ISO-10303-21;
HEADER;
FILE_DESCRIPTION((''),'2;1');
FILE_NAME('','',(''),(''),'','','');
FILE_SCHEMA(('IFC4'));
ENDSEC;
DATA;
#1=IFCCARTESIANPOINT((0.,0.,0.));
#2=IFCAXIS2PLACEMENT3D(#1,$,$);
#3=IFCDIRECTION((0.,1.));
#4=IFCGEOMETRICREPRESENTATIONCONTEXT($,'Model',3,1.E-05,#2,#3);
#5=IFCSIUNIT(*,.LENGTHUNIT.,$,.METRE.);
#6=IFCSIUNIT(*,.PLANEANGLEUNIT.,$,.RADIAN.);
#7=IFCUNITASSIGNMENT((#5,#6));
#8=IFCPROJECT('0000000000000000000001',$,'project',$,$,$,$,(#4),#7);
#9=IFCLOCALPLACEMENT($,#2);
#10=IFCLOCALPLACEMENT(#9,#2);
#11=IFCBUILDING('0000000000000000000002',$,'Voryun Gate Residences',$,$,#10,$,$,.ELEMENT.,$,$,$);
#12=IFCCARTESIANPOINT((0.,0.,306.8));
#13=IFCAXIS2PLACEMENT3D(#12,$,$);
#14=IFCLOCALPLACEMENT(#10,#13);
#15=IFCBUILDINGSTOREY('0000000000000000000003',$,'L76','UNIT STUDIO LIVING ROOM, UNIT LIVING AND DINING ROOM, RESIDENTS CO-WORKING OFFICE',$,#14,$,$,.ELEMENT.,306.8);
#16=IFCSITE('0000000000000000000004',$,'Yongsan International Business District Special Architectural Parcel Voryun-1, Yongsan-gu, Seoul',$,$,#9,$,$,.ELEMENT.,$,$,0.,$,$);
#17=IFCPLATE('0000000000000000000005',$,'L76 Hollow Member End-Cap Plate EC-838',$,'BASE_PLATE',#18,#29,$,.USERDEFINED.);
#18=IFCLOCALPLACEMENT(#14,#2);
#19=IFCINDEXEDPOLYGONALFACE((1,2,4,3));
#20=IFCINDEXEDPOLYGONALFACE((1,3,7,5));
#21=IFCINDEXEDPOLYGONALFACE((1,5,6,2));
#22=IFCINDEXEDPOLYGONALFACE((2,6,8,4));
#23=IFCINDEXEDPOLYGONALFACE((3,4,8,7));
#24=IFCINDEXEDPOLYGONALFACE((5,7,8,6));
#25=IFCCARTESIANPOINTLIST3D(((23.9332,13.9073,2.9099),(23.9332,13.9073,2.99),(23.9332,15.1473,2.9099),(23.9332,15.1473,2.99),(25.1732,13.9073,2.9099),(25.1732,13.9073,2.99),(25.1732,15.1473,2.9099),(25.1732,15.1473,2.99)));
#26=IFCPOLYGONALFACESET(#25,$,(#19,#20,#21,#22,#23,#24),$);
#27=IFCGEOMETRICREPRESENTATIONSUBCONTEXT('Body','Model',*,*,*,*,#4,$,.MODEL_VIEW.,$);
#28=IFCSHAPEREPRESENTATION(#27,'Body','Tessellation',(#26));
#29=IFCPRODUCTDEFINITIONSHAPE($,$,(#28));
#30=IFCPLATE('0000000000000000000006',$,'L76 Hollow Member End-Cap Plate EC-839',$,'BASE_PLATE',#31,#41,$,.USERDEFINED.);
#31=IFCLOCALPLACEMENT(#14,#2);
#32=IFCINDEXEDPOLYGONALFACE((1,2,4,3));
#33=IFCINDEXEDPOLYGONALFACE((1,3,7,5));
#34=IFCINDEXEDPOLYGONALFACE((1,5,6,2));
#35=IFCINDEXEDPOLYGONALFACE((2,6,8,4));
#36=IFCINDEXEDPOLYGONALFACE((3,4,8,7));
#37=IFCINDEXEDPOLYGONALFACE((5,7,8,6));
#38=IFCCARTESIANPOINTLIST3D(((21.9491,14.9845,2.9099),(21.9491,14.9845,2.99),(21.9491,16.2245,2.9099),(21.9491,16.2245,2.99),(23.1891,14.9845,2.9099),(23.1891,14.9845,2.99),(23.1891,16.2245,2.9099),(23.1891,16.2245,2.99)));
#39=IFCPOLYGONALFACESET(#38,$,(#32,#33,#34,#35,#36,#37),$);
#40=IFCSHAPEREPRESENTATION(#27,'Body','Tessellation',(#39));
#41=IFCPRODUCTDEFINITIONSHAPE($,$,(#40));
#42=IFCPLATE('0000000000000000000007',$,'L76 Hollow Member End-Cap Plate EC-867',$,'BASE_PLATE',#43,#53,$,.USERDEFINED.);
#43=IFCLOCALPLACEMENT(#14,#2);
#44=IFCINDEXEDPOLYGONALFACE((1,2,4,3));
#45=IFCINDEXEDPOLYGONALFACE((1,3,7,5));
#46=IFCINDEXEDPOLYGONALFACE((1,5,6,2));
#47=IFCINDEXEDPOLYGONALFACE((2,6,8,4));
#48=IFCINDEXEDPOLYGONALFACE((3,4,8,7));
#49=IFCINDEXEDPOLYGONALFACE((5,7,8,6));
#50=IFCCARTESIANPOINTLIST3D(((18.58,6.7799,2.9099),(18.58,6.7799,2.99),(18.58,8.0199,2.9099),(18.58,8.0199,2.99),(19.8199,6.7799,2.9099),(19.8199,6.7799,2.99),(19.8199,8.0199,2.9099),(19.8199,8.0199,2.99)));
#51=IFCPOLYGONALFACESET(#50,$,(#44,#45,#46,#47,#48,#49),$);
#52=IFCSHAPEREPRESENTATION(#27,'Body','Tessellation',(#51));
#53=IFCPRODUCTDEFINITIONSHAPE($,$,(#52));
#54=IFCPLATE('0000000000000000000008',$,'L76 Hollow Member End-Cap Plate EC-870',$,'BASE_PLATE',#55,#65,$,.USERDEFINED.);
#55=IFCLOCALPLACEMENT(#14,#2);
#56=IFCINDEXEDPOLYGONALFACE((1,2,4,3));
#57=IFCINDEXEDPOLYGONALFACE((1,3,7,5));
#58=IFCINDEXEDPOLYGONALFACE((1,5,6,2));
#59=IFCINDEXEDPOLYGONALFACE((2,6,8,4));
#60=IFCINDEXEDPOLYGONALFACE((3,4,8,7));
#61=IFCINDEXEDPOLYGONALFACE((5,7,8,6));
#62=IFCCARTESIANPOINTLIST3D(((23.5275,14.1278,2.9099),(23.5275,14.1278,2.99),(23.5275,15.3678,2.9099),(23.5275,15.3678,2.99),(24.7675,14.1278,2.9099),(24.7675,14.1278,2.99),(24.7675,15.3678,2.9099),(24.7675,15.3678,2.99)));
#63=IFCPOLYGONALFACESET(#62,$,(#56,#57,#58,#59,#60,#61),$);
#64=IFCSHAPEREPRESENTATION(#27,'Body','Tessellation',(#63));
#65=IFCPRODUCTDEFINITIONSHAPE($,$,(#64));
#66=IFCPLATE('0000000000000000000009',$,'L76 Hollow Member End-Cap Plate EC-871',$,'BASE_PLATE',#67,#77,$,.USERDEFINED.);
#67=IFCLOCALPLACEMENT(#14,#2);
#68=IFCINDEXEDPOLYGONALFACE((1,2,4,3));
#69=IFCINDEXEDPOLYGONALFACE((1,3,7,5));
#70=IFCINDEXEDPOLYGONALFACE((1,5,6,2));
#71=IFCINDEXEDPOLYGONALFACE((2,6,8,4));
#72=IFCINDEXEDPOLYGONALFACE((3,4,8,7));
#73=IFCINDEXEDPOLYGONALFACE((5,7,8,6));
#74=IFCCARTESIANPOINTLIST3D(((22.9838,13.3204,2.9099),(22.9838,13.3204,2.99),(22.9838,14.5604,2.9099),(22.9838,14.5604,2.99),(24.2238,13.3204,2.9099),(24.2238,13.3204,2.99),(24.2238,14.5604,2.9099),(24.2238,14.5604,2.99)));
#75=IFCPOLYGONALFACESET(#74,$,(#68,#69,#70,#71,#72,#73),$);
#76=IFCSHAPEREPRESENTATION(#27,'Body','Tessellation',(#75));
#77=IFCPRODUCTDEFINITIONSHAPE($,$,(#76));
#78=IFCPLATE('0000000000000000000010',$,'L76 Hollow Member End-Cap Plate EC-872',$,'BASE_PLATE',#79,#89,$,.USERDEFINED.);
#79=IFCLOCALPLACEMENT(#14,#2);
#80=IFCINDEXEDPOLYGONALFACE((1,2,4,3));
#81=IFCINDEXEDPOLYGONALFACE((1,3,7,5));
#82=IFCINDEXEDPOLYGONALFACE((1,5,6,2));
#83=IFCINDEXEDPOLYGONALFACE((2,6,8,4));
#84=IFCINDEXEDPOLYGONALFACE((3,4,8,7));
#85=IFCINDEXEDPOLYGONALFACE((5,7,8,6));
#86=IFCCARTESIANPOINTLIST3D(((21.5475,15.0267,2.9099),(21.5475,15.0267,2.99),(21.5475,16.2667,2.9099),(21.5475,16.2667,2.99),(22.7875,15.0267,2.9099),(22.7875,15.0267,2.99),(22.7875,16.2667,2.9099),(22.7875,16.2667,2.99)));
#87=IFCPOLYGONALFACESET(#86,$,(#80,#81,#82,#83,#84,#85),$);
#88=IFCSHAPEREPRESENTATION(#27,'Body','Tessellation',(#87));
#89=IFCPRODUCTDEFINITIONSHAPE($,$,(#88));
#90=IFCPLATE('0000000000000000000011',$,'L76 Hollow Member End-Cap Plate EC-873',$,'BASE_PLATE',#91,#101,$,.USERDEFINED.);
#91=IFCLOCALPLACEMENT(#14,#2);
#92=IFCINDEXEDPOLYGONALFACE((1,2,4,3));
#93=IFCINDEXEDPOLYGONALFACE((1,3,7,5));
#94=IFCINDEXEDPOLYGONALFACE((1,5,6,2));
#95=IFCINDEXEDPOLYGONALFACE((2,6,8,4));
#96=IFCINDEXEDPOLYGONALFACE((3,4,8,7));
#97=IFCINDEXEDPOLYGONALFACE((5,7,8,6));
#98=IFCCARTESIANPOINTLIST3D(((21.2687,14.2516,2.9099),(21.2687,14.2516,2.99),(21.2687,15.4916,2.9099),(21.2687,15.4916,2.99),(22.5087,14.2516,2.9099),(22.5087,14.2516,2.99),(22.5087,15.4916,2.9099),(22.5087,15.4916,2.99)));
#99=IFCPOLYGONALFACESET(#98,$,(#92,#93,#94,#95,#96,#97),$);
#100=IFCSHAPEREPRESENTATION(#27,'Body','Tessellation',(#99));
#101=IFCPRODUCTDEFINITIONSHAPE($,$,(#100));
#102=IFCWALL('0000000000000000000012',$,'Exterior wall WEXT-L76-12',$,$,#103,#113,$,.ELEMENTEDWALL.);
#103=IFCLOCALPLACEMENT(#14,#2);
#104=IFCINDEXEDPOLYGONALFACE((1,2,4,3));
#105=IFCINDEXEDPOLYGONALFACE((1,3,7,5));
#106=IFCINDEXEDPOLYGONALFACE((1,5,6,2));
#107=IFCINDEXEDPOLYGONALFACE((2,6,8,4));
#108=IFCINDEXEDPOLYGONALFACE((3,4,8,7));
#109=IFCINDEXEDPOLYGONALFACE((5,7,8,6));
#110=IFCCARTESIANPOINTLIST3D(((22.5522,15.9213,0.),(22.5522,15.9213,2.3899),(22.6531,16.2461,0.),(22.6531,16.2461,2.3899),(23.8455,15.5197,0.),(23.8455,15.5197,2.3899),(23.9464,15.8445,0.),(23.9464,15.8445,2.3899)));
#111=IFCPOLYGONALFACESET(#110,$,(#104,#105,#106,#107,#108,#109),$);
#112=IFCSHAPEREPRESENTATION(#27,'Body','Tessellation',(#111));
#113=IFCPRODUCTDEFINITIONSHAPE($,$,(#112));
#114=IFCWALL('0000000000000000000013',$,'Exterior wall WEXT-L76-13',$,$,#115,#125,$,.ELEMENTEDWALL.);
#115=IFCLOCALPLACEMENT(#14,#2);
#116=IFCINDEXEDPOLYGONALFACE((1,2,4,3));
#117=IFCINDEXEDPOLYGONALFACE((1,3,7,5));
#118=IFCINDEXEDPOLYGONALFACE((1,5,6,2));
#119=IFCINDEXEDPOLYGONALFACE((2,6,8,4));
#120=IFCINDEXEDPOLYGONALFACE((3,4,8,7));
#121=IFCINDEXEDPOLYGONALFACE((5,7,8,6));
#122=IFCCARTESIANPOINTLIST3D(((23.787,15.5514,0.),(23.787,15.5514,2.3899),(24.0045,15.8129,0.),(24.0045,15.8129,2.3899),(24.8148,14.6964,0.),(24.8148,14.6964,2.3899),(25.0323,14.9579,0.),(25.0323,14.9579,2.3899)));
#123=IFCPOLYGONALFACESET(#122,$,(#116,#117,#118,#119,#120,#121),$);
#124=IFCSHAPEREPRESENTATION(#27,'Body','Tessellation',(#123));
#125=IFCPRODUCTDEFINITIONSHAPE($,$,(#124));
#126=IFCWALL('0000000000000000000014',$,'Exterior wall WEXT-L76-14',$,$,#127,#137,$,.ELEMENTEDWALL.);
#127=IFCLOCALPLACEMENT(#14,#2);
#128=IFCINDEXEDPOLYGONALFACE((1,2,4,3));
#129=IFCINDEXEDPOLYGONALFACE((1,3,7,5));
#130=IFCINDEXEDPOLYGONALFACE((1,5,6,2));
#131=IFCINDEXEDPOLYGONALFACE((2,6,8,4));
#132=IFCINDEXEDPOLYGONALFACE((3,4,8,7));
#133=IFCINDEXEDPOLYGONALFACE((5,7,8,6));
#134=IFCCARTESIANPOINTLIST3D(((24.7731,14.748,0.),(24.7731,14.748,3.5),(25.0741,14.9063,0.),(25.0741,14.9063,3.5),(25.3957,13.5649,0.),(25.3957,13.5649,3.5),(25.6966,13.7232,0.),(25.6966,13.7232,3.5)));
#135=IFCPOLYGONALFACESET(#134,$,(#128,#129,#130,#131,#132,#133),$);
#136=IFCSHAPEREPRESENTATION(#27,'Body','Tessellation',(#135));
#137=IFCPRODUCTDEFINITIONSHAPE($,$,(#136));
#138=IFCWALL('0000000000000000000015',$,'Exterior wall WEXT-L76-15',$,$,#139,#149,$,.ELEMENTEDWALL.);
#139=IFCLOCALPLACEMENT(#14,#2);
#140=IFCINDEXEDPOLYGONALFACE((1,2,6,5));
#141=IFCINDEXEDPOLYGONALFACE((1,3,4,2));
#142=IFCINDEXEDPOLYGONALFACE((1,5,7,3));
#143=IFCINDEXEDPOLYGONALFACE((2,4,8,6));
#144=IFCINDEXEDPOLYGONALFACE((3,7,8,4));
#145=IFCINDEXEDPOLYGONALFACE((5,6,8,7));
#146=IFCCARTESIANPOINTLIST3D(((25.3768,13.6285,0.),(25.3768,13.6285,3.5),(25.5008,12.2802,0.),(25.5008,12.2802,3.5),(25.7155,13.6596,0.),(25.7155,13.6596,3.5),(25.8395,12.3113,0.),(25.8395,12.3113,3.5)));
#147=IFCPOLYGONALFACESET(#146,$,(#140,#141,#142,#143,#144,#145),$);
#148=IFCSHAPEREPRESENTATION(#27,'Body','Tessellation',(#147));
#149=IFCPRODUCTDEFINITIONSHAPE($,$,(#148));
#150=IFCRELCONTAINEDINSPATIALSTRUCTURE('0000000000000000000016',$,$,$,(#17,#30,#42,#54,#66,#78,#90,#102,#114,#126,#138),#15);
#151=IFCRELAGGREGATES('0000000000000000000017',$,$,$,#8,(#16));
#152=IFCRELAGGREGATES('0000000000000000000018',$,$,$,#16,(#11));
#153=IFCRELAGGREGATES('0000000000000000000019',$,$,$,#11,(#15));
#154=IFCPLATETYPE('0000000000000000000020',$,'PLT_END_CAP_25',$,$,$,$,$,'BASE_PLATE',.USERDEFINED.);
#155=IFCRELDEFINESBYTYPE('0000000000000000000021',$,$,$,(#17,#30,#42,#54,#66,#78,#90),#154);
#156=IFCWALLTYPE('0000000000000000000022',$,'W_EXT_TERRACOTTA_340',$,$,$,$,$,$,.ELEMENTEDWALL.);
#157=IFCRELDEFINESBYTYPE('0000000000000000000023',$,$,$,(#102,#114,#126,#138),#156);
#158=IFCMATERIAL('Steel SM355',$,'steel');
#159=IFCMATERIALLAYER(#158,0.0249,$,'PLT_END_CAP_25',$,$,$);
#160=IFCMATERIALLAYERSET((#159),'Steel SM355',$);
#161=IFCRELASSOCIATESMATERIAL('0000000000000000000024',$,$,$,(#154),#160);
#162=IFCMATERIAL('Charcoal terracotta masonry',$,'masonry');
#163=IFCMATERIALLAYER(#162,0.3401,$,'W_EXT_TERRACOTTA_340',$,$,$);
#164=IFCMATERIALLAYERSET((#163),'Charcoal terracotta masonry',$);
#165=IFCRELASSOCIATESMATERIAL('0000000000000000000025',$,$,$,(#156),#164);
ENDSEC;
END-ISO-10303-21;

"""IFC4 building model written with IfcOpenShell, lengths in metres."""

from ifc_helpers import new_model, si_unit, direction, frame, frame_2d, origin, origin_2d, place, context, subcontext, project, spatial, rectangle, extrude, material, layer, layer_set, type_object, element, save


model = new_model("IFC4")

# Units and contexts
model_context = context("Model", 3, precision=1e-05, world=origin(), true_north=direction((0.0, 1.0)))
body_context = subcontext(model_context, "Body", "Model", "MODEL_VIEW")
ifc_project = project(units=[si_unit("LENGTHUNIT", "METRE"), si_unit("PLANEANGLEUNIT", "RADIAN")], contexts=[model_context])

# Site, building, storey
site_placement = place(None, origin())
site = spatial("IfcSite", under=ifc_project, at=site_placement, Name="Yongsan International Business District Special Architectural Parcel Voryun-1, Yongsan-gu, Seoul", CompositionType="ELEMENT", RefElevation=0.0)
building_placement = place(site_placement, origin())
building = spatial("IfcBuilding", under=site, at=building_placement, Name="Voryun Gate Residences", CompositionType="ELEMENT")
storey_placement = place(building_placement, frame((0.0, 0.0, 306.8)))
storey = spatial("IfcBuildingStorey", under=building, at=storey_placement, Name="L76", Description="UNIT STUDIO LIVING ROOM, UNIT LIVING AND DINING ROOM, RESIDENTS CO-WORKING OFFICE", CompositionType="ELEMENT", Elevation=306.8)

# Plates
ifc_material_1 = material(Name="Steel SM355", Category="steel")
ifc_layer_1 = layer(ifc_material_1, 0.0249, Name="PLT_END_CAP_25")
ifc_layer_set_1 = layer_set([ifc_layer_1], Name="Steel SM355")
plate_type = type_object("IfcPlateType", Name="PLT_END_CAP_25", ElementType="BASE_PLATE", PredefinedType="USERDEFINED", material=ifc_layer_set_1)
for number, where, z_axis, x_axis, name in (
    (1, (24.5532, 14.5273, 2.9099), (0.0, 0.0, 1.0), (1.0, 0.0, 0.0), "L76 Hollow Member End-Cap Plate EC-838"),
    (2, (22.5691, 15.6045, 2.9099), (0.0, 0.0, 1.0), (1.0, 0.0, 0.0), "L76 Hollow Member End-Cap Plate EC-839"),
    (3, (19.2, 7.3999, 2.9099), (0.0, 0.0, 1.0), (1.0, 0.0, 0.0), "L76 Hollow Member End-Cap Plate EC-867"),
    (4, (24.1475, 14.7478, 2.9099), (0.0, 0.0, 1.0), (1.0, 0.0, 0.0), "L76 Hollow Member End-Cap Plate EC-870"),
    (5, (23.6038, 13.9404, 2.9099), (0.0, 0.0, 1.0), (1.0, 0.0, 0.0), "L76 Hollow Member End-Cap Plate EC-871"),
    (6, (22.1675, 15.6467, 2.9099), (0.0, 0.0, 1.0), (1.0, 0.0, 0.0), "L76 Hollow Member End-Cap Plate EC-872"),
    (7, (21.8887, 14.8716, 2.9099), (0.0, 0.0, 1.0), (1.0, 0.0, 0.0), "L76 Hollow Member End-Cap Plate EC-873"),
):
    element("IfcPlate", number, at=place(storey_placement, frame(where, z_axis=z_axis, x_axis=x_axis)), inside=storey, type_object=plate_type, Name=name, ObjectType="BASE_PLATE", PredefinedType="USERDEFINED", context=body_context, shape_type="SweptSolid", body=[
        extrude(rectangle(XDim=1.24, YDim=1.24, at=origin_2d()), origin(), (0.0, 0.0, 1.0), 0.0801),
    ])

# Walls
ifc_material_2 = material(Name="Charcoal terracotta masonry", Category="masonry")
ifc_layer_2 = layer(ifc_material_2, 0.3401, Name="W_EXT_TERRACOTTA_340")
ifc_layer_set_2 = layer_set([ifc_layer_2], Name="Charcoal terracotta masonry")
wall_type_1 = type_object("IfcWallType", Name="W_EXT_TERRACOTTA_340", PredefinedType="ELEMENTEDWALL", material=ifc_layer_set_2)
wall_1_placement = place(storey_placement, frame((22.6025, 16.0837, 0.0), z_axis=(0.0, 0.0, 1.0), x_axis=(0.955008, -0.296581, 0.0)))
element("IfcWall", 8, at=wall_1_placement, inside=storey, type_object=wall_type_1, Name="Exterior wall WEXT-L76-12", PredefinedType="ELEMENTEDWALL", context=body_context, shape_type="SweptSolid", body=[
    extrude(rectangle(XDim=1.3542, YDim=0.3401, at=frame_2d((0.6772, 0.0))), origin(), (0.0, 0.0, 1.0), 2.3899),
])
wall_2_placement = place(storey_placement, frame((23.8958, 15.6821, 0.0), z_axis=(0.0, 0.0, 1.0), x_axis=(0.76879, -0.639502, 0.0)))
element("IfcWall", 9, at=wall_2_placement, inside=storey, type_object=wall_type_1, Name="Exterior wall WEXT-L76-13", PredefinedType="ELEMENTEDWALL", context=body_context, shape_type="SweptSolid", body=[
    extrude(rectangle(XDim=1.3369, YDim=0.3401, at=frame_2d((0.6685, 0.0))), origin(), (0.0, 0.0, 1.0), 2.3899),
])
wall_3_placement = place(storey_placement, frame((24.9236, 14.8271, 0.0), z_axis=(0.0, 0.0, 1.0), x_axis=(0.465671, -0.884958, 0.0)))
element("IfcWall", 10, at=wall_3_placement, inside=storey, type_object=wall_type_1, Name="Exterior wall WEXT-L76-14", PredefinedType="ELEMENTEDWALL", context=body_context, shape_type="SweptSolid", body=[
    extrude(rectangle(XDim=1.3369, YDim=0.3401, at=frame_2d((0.6685, 0.0))), origin(), (0.0, 0.0, 1.0), 3.5),
])
wall_4_placement = place(storey_placement, frame((25.5461, 13.644, 0.0), z_axis=(0.0, 0.0, 1.0), x_axis=(0.091592, -0.995797, 0.0)))
element("IfcWall", 11, at=wall_4_placement, inside=storey, type_object=wall_type_1, Name="Exterior wall WEXT-L76-15", PredefinedType="ELEMENTEDWALL", context=body_context, shape_type="SweptSolid", body=[
    extrude(rectangle(XDim=1.354, YDim=0.3401, at=frame_2d((0.677, 0.0))), origin(), (0.0, 0.0, 1.0), 3.5),
])

save(model, "model.ifc")
